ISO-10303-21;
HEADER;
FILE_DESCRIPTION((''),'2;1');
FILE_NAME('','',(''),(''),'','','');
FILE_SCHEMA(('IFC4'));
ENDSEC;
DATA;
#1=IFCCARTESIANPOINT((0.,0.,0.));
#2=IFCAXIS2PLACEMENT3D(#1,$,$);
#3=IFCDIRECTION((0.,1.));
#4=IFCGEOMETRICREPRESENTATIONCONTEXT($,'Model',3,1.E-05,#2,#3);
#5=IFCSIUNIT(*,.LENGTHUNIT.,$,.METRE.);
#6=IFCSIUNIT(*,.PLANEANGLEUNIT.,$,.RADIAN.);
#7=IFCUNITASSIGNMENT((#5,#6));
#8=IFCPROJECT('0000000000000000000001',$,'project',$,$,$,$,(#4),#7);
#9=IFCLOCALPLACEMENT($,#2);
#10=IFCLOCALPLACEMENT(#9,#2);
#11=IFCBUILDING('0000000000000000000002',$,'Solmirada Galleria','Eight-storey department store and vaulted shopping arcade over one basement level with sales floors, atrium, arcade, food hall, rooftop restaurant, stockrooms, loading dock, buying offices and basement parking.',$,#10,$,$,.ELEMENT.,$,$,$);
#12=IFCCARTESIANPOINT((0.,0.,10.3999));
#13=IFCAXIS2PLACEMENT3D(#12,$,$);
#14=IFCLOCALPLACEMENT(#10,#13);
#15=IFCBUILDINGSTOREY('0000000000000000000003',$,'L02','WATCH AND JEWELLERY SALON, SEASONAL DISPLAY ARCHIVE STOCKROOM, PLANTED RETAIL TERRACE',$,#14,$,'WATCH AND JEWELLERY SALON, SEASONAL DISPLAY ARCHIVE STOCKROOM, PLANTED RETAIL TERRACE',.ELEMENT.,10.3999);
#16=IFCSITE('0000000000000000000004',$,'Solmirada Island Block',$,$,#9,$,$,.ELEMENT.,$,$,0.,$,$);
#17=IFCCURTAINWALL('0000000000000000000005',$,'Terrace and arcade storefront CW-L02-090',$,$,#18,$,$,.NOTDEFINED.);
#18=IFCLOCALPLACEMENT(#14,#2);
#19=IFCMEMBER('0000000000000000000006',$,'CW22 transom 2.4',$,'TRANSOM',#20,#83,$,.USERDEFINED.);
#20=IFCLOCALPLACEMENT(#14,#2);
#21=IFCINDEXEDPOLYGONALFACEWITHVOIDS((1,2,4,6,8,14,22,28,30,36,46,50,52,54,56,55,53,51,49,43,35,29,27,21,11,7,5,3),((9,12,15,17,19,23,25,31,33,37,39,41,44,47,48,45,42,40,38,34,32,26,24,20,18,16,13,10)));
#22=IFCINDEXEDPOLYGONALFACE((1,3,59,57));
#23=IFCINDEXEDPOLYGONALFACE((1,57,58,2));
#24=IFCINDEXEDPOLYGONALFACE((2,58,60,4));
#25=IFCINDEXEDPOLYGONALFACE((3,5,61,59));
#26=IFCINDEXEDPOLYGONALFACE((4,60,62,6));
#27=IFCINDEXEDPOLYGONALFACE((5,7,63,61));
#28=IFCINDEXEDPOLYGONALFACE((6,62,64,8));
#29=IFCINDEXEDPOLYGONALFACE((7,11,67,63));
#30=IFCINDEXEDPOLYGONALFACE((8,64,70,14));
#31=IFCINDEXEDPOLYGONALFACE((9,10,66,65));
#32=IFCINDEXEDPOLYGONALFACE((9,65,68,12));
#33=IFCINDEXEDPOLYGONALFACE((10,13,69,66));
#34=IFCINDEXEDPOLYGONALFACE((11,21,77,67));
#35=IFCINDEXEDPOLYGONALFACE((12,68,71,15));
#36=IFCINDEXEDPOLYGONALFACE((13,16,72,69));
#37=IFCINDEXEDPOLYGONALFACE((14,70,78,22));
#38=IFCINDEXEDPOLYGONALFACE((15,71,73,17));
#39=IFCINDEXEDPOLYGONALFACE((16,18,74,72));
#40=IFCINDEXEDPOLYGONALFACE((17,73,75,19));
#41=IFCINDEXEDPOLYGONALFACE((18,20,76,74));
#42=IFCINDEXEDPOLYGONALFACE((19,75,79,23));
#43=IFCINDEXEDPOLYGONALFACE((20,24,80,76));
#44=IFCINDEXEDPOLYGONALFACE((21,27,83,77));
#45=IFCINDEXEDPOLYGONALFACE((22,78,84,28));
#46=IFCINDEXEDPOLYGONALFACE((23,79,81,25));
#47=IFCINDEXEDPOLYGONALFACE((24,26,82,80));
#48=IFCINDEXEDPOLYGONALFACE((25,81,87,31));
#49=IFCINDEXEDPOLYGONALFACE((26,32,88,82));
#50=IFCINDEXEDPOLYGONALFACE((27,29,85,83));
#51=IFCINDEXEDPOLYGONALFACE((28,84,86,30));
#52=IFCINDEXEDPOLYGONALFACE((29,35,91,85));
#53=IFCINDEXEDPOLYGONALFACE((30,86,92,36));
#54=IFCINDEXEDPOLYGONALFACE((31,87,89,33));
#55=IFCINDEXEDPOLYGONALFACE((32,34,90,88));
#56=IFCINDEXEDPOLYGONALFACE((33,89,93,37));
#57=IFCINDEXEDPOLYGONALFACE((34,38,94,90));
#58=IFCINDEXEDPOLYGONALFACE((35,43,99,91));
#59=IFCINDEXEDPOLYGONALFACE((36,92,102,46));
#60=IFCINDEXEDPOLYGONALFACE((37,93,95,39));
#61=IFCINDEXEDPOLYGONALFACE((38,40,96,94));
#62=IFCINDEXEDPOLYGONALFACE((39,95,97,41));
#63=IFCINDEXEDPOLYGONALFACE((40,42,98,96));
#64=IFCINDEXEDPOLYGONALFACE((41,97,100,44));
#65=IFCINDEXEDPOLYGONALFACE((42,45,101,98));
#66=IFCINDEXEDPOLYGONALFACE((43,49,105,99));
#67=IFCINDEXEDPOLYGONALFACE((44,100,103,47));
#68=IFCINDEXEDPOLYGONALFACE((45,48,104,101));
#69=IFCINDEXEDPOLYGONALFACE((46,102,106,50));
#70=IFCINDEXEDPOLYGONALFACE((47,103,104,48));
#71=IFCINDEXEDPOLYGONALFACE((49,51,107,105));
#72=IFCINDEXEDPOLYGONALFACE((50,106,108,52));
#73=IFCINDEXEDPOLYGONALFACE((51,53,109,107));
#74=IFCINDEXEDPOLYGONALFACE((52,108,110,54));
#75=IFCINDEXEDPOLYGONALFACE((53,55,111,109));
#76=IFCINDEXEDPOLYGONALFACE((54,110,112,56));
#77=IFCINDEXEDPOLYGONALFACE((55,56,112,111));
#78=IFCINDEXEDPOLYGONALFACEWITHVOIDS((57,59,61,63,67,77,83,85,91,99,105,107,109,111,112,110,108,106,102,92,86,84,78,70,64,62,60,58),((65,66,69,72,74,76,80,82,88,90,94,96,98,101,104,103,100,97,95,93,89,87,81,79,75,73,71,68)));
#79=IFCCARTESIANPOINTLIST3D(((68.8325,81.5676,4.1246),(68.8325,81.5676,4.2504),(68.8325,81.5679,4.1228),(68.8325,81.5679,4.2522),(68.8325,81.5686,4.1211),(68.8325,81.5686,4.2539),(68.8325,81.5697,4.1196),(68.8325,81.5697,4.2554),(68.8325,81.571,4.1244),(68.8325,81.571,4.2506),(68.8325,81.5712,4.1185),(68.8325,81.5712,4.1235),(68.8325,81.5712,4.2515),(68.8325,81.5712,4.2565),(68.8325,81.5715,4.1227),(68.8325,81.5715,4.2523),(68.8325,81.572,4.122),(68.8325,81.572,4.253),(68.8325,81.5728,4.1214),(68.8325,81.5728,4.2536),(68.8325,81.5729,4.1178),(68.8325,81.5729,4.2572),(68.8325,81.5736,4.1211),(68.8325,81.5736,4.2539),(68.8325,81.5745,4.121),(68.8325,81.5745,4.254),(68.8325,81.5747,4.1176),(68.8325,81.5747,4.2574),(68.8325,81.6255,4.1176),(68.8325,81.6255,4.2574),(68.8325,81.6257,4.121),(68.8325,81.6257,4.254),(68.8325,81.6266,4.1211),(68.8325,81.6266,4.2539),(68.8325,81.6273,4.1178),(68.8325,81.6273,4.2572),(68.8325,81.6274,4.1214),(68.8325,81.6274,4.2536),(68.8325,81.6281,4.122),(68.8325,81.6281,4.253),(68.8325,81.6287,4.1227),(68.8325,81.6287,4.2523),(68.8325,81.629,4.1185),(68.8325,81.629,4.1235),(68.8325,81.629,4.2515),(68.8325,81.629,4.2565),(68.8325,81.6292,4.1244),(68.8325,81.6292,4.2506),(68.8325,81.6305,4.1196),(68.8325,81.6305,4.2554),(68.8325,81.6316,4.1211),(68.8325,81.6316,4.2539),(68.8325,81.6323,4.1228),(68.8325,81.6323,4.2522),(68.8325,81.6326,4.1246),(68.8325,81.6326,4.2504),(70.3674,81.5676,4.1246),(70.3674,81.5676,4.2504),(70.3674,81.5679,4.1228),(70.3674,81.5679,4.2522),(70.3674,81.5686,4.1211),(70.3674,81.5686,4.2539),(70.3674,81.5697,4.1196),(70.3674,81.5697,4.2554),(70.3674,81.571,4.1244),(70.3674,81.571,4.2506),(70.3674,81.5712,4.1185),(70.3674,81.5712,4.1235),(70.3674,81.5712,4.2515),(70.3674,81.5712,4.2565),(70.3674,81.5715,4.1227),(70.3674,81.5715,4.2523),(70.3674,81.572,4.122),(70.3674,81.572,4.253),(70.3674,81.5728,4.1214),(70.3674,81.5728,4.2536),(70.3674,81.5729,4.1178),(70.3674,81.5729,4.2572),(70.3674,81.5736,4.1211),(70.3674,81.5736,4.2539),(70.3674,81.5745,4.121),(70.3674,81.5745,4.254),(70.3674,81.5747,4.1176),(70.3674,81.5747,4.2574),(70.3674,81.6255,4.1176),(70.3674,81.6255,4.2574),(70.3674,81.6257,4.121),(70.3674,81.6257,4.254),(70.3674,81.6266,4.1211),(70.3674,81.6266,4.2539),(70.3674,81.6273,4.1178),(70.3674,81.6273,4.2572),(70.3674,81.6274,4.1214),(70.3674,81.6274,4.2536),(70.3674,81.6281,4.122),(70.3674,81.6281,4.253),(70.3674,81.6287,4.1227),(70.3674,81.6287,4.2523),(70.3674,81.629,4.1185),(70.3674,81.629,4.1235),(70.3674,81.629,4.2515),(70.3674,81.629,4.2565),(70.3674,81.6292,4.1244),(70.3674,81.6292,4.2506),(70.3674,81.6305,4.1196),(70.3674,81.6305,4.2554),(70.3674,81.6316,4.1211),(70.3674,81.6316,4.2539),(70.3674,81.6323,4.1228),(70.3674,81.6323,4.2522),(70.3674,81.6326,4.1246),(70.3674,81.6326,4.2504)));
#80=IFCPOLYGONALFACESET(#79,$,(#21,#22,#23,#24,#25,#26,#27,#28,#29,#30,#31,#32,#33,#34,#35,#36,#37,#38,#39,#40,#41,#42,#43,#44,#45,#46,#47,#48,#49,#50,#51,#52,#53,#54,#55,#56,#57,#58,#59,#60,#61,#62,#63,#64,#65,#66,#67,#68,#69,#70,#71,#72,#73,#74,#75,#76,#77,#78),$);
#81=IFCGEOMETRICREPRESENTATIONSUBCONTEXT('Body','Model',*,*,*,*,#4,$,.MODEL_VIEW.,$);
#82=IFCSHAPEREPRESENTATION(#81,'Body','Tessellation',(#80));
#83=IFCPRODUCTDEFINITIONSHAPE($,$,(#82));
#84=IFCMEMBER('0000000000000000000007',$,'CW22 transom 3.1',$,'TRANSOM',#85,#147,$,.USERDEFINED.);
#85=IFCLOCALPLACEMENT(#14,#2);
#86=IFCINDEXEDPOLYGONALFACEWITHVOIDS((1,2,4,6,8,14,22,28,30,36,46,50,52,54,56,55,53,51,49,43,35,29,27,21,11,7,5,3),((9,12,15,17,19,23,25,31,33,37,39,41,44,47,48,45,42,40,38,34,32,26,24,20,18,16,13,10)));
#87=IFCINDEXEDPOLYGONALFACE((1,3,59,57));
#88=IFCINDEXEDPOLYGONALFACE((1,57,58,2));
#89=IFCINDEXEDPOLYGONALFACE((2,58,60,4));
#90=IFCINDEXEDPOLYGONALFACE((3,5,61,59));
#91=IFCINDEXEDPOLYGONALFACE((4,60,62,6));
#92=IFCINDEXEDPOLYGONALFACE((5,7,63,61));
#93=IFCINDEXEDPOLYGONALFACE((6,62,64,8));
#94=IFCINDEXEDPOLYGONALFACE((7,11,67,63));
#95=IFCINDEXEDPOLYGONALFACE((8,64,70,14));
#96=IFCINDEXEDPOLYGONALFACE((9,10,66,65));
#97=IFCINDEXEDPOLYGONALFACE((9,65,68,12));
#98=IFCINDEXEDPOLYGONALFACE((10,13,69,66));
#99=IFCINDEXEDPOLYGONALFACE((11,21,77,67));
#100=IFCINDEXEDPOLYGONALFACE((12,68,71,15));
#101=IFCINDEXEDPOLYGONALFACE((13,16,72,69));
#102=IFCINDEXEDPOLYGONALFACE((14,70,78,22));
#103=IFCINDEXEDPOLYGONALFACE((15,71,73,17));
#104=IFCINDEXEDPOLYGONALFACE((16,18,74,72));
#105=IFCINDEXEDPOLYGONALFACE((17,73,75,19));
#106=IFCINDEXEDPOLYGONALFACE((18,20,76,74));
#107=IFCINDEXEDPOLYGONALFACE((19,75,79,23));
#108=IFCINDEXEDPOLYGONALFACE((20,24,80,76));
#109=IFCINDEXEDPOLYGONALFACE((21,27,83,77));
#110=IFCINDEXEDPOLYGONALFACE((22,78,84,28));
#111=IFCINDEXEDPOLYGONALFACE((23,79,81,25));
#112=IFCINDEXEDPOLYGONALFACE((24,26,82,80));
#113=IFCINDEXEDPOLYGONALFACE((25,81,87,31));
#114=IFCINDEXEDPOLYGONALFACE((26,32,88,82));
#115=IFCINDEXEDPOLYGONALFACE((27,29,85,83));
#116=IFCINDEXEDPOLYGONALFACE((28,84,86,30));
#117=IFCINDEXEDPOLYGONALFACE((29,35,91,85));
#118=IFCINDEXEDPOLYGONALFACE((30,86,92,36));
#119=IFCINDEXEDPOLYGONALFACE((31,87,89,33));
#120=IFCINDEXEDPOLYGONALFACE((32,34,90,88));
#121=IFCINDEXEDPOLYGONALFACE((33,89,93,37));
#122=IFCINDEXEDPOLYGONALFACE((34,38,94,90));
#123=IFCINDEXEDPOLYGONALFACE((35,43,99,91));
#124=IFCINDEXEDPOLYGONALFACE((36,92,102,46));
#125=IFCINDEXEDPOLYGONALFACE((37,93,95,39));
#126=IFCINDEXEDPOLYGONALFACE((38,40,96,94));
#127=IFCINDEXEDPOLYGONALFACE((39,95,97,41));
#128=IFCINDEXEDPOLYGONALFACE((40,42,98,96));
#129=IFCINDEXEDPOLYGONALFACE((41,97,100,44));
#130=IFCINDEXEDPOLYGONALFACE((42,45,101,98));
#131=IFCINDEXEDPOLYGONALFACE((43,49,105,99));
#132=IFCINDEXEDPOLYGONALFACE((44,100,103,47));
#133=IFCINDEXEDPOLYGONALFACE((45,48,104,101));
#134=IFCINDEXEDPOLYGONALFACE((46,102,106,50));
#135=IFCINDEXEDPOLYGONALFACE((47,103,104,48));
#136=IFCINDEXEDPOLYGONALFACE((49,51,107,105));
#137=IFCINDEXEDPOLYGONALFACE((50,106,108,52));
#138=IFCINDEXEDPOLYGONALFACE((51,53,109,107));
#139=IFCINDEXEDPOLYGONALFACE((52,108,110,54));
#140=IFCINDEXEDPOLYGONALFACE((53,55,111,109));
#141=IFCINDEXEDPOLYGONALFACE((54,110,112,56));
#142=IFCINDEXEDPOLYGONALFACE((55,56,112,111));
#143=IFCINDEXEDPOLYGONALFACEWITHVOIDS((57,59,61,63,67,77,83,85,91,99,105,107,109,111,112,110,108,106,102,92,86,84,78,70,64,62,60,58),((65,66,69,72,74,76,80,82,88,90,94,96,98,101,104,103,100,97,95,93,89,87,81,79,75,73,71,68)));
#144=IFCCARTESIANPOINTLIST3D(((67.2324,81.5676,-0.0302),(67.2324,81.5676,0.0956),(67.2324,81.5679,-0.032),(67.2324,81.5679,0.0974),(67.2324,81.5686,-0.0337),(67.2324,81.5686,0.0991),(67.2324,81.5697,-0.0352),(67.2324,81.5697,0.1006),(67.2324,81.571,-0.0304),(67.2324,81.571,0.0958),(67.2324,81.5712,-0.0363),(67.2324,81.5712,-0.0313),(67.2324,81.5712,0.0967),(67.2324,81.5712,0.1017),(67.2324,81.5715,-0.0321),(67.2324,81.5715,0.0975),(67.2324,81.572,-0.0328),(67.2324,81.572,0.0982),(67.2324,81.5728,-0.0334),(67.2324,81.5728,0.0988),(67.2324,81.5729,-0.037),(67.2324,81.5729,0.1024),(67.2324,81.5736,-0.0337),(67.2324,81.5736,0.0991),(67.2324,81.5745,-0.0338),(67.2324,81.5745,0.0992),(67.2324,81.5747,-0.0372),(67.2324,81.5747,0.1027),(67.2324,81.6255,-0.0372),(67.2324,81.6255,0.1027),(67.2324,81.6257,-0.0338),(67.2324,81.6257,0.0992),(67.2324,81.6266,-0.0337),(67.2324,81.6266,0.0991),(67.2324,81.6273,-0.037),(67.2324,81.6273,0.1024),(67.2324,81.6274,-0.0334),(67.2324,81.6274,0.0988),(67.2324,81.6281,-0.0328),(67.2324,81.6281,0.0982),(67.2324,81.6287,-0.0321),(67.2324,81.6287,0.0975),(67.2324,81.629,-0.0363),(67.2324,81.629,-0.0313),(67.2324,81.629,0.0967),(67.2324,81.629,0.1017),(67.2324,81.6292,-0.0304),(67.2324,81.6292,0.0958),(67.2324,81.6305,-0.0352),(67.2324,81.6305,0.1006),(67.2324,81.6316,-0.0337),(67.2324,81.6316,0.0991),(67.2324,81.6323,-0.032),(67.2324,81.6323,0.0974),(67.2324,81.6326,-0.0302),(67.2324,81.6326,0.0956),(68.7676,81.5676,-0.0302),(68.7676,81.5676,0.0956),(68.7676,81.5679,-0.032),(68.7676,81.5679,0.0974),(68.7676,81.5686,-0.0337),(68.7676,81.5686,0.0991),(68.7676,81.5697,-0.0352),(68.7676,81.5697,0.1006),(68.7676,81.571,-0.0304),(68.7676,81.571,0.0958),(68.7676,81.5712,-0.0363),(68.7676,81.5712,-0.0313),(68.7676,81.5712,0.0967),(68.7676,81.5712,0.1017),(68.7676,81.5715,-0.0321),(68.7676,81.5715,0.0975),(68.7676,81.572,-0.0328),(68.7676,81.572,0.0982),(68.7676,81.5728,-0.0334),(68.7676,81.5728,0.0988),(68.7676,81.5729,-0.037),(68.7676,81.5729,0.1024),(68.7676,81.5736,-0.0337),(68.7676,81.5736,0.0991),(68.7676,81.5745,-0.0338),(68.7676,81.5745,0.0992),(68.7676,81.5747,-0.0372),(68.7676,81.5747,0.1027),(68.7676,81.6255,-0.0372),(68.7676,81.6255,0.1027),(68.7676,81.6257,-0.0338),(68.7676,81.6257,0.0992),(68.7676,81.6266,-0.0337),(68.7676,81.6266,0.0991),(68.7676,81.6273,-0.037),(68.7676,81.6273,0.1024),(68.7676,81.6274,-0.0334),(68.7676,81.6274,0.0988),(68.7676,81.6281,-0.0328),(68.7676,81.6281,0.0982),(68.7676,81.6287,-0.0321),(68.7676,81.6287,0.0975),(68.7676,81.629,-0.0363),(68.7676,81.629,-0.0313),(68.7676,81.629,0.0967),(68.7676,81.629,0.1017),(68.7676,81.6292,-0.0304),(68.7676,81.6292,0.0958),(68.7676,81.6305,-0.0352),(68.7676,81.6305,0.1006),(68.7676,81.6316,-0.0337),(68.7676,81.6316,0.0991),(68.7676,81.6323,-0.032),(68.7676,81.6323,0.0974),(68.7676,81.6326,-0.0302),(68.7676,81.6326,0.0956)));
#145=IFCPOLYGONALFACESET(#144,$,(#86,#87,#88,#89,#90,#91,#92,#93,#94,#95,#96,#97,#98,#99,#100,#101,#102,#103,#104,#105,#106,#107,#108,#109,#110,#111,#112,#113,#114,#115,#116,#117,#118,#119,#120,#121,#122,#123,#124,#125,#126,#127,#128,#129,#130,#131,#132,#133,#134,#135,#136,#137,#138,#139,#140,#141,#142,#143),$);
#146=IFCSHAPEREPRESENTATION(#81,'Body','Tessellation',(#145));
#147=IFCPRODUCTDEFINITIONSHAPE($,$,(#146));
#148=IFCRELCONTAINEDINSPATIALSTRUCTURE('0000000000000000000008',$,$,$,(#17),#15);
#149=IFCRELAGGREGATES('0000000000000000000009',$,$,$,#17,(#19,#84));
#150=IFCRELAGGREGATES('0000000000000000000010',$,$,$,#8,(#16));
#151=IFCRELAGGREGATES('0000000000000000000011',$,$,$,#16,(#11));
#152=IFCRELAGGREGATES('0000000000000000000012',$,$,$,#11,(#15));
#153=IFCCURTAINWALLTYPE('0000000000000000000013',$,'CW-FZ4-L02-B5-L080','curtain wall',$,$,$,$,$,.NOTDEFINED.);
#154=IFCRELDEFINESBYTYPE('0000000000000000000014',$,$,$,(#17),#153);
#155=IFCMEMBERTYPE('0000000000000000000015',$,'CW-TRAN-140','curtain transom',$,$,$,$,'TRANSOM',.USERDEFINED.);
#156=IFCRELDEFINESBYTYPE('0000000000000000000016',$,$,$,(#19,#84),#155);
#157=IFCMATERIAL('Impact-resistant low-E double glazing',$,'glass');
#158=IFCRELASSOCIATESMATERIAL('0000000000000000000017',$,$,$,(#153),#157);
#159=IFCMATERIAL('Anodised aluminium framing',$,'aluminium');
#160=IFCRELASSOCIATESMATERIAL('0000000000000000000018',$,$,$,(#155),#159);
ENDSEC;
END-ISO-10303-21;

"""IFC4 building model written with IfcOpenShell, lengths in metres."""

from ifc_helpers import new_model, si_unit, direction, frame, origin, origin_2d, place, context, subcontext, project, spatial, hollow_rectangle, extrude, material, material_profile, profile_set, type_object, element, aggregate, save


model = new_model("IFC4")

# Units and contexts
model_context = context("Model", 3, precision=1e-05, world=origin(), true_north=direction((0.0, 1.0)))
body_context = subcontext(model_context, "Body", "Model", "MODEL_VIEW")
ifc_project = project(units=[si_unit("LENGTHUNIT", "METRE"), si_unit("PLANEANGLEUNIT", "RADIAN")], contexts=[model_context])

# Site, building, storey
site_placement = place(None, origin())
site = spatial("IfcSite", under=ifc_project, at=site_placement, Name="Solmirada Island Block", CompositionType="ELEMENT", RefElevation=0.0)
building_placement = place(site_placement, origin())
building = spatial("IfcBuilding", under=site, at=building_placement, Name="Solmirada Galleria", Description="Eight-storey department store and vaulted shopping arcade over one basement level with sales floors, atrium, arcade, food hall, rooftop restaurant, stockrooms, loading dock, buying offices and basement parking.", CompositionType="ELEMENT")
storey_placement = place(building_placement, frame((0.0, 0.0, 10.3999)))
storey = spatial("IfcBuildingStorey", under=building, at=storey_placement, Name="L02", Description="WATCH AND JEWELLERY SALON, SEASONAL DISPLAY ARCHIVE STOCKROOM, PLANTED RETAIL TERRACE", LongName="WATCH AND JEWELLERY SALON, SEASONAL DISPLAY ARCHIVE STOCKROOM, PLANTED RETAIL TERRACE", CompositionType="ELEMENT", Elevation=10.3999)

# Shared definitions
ifc_material_1 = material(Name="Impact-resistant low-E double glazing", Category="glass")
curtain_wall_type = type_object("IfcCurtainWallType", Name="CW-FZ4-L02-B5-L080", Description="curtain wall", PredefinedType="NOTDEFINED", material=ifc_material_1)
ifc_material_2 = material(Name="Anodised aluminium framing", Category="aluminium")

# Curtain wall
curtain_wall_1_placement = place(storey_placement, origin())
curtain_wall_1 = element("IfcCurtainWall", 1, at=curtain_wall_1_placement, inside=storey, type_object=curtain_wall_type, Name="Terrace and arcade storefront CW-L02-090", PredefinedType="NOTDEFINED")

# Members
ifc_material_profile_1 = material_profile(ifc_material_2, hollow_rectangle(XDim=0.0649, YDim=0.1399, WallThickness=0.0034, InnerFilletRadius=0.0034, OuterFilletRadius=0.0071, at=origin_2d()), Name="ALU-TRAN-140X65")
ifc_profile_set_1 = profile_set([ifc_material_profile_1], Name="Anodised aluminium framing")
member_type_1 = type_object("IfcMemberType", Name="CW-TRAN-140", Description="curtain transom", ElementType="TRANSOM", PredefinedType="USERDEFINED", material=ifc_profile_set_1)
member_1_placement = place(storey_placement, frame((70.3674, 81.6001, 4.1875), z_axis=(-1.0, 0.0, 0.0), x_axis=(0.0, -1.0, 0.0)))
member_1 = element("IfcMember", 2, at=member_1_placement, type_object=member_type_1, Name="CW22 transom 2.4", ObjectType="TRANSOM", PredefinedType="USERDEFINED", context=body_context, shape_type="SweptSolid", body=[
    extrude(hollow_rectangle(XDim=0.0649, YDim=0.1399, WallThickness=0.0034, InnerFilletRadius=0.0034, OuterFilletRadius=0.0071, at=origin_2d()), origin(), (0.0, 0.0, 1.0), 1.5349),
])
member_2_placement = place(storey_placement, frame((68.7676, 81.6001, 0.0327), z_axis=(-1.0, 0.0, 0.0), x_axis=(0.0, -1.0, 0.0)))
member_2 = element("IfcMember", 3, at=member_2_placement, type_object=member_type_1, Name="CW22 transom 3.1", ObjectType="TRANSOM", PredefinedType="USERDEFINED", context=body_context, shape_type="SweptSolid", body=[
    extrude(hollow_rectangle(XDim=0.0649, YDim=0.1399, WallThickness=0.0034, InnerFilletRadius=0.0034, OuterFilletRadius=0.0071, at=origin_2d()), origin(), (0.0, 0.0, 1.0), 1.5352),
])

aggregate(curtain_wall_1, [member_1, member_2])

save(model, "model.ifc")
